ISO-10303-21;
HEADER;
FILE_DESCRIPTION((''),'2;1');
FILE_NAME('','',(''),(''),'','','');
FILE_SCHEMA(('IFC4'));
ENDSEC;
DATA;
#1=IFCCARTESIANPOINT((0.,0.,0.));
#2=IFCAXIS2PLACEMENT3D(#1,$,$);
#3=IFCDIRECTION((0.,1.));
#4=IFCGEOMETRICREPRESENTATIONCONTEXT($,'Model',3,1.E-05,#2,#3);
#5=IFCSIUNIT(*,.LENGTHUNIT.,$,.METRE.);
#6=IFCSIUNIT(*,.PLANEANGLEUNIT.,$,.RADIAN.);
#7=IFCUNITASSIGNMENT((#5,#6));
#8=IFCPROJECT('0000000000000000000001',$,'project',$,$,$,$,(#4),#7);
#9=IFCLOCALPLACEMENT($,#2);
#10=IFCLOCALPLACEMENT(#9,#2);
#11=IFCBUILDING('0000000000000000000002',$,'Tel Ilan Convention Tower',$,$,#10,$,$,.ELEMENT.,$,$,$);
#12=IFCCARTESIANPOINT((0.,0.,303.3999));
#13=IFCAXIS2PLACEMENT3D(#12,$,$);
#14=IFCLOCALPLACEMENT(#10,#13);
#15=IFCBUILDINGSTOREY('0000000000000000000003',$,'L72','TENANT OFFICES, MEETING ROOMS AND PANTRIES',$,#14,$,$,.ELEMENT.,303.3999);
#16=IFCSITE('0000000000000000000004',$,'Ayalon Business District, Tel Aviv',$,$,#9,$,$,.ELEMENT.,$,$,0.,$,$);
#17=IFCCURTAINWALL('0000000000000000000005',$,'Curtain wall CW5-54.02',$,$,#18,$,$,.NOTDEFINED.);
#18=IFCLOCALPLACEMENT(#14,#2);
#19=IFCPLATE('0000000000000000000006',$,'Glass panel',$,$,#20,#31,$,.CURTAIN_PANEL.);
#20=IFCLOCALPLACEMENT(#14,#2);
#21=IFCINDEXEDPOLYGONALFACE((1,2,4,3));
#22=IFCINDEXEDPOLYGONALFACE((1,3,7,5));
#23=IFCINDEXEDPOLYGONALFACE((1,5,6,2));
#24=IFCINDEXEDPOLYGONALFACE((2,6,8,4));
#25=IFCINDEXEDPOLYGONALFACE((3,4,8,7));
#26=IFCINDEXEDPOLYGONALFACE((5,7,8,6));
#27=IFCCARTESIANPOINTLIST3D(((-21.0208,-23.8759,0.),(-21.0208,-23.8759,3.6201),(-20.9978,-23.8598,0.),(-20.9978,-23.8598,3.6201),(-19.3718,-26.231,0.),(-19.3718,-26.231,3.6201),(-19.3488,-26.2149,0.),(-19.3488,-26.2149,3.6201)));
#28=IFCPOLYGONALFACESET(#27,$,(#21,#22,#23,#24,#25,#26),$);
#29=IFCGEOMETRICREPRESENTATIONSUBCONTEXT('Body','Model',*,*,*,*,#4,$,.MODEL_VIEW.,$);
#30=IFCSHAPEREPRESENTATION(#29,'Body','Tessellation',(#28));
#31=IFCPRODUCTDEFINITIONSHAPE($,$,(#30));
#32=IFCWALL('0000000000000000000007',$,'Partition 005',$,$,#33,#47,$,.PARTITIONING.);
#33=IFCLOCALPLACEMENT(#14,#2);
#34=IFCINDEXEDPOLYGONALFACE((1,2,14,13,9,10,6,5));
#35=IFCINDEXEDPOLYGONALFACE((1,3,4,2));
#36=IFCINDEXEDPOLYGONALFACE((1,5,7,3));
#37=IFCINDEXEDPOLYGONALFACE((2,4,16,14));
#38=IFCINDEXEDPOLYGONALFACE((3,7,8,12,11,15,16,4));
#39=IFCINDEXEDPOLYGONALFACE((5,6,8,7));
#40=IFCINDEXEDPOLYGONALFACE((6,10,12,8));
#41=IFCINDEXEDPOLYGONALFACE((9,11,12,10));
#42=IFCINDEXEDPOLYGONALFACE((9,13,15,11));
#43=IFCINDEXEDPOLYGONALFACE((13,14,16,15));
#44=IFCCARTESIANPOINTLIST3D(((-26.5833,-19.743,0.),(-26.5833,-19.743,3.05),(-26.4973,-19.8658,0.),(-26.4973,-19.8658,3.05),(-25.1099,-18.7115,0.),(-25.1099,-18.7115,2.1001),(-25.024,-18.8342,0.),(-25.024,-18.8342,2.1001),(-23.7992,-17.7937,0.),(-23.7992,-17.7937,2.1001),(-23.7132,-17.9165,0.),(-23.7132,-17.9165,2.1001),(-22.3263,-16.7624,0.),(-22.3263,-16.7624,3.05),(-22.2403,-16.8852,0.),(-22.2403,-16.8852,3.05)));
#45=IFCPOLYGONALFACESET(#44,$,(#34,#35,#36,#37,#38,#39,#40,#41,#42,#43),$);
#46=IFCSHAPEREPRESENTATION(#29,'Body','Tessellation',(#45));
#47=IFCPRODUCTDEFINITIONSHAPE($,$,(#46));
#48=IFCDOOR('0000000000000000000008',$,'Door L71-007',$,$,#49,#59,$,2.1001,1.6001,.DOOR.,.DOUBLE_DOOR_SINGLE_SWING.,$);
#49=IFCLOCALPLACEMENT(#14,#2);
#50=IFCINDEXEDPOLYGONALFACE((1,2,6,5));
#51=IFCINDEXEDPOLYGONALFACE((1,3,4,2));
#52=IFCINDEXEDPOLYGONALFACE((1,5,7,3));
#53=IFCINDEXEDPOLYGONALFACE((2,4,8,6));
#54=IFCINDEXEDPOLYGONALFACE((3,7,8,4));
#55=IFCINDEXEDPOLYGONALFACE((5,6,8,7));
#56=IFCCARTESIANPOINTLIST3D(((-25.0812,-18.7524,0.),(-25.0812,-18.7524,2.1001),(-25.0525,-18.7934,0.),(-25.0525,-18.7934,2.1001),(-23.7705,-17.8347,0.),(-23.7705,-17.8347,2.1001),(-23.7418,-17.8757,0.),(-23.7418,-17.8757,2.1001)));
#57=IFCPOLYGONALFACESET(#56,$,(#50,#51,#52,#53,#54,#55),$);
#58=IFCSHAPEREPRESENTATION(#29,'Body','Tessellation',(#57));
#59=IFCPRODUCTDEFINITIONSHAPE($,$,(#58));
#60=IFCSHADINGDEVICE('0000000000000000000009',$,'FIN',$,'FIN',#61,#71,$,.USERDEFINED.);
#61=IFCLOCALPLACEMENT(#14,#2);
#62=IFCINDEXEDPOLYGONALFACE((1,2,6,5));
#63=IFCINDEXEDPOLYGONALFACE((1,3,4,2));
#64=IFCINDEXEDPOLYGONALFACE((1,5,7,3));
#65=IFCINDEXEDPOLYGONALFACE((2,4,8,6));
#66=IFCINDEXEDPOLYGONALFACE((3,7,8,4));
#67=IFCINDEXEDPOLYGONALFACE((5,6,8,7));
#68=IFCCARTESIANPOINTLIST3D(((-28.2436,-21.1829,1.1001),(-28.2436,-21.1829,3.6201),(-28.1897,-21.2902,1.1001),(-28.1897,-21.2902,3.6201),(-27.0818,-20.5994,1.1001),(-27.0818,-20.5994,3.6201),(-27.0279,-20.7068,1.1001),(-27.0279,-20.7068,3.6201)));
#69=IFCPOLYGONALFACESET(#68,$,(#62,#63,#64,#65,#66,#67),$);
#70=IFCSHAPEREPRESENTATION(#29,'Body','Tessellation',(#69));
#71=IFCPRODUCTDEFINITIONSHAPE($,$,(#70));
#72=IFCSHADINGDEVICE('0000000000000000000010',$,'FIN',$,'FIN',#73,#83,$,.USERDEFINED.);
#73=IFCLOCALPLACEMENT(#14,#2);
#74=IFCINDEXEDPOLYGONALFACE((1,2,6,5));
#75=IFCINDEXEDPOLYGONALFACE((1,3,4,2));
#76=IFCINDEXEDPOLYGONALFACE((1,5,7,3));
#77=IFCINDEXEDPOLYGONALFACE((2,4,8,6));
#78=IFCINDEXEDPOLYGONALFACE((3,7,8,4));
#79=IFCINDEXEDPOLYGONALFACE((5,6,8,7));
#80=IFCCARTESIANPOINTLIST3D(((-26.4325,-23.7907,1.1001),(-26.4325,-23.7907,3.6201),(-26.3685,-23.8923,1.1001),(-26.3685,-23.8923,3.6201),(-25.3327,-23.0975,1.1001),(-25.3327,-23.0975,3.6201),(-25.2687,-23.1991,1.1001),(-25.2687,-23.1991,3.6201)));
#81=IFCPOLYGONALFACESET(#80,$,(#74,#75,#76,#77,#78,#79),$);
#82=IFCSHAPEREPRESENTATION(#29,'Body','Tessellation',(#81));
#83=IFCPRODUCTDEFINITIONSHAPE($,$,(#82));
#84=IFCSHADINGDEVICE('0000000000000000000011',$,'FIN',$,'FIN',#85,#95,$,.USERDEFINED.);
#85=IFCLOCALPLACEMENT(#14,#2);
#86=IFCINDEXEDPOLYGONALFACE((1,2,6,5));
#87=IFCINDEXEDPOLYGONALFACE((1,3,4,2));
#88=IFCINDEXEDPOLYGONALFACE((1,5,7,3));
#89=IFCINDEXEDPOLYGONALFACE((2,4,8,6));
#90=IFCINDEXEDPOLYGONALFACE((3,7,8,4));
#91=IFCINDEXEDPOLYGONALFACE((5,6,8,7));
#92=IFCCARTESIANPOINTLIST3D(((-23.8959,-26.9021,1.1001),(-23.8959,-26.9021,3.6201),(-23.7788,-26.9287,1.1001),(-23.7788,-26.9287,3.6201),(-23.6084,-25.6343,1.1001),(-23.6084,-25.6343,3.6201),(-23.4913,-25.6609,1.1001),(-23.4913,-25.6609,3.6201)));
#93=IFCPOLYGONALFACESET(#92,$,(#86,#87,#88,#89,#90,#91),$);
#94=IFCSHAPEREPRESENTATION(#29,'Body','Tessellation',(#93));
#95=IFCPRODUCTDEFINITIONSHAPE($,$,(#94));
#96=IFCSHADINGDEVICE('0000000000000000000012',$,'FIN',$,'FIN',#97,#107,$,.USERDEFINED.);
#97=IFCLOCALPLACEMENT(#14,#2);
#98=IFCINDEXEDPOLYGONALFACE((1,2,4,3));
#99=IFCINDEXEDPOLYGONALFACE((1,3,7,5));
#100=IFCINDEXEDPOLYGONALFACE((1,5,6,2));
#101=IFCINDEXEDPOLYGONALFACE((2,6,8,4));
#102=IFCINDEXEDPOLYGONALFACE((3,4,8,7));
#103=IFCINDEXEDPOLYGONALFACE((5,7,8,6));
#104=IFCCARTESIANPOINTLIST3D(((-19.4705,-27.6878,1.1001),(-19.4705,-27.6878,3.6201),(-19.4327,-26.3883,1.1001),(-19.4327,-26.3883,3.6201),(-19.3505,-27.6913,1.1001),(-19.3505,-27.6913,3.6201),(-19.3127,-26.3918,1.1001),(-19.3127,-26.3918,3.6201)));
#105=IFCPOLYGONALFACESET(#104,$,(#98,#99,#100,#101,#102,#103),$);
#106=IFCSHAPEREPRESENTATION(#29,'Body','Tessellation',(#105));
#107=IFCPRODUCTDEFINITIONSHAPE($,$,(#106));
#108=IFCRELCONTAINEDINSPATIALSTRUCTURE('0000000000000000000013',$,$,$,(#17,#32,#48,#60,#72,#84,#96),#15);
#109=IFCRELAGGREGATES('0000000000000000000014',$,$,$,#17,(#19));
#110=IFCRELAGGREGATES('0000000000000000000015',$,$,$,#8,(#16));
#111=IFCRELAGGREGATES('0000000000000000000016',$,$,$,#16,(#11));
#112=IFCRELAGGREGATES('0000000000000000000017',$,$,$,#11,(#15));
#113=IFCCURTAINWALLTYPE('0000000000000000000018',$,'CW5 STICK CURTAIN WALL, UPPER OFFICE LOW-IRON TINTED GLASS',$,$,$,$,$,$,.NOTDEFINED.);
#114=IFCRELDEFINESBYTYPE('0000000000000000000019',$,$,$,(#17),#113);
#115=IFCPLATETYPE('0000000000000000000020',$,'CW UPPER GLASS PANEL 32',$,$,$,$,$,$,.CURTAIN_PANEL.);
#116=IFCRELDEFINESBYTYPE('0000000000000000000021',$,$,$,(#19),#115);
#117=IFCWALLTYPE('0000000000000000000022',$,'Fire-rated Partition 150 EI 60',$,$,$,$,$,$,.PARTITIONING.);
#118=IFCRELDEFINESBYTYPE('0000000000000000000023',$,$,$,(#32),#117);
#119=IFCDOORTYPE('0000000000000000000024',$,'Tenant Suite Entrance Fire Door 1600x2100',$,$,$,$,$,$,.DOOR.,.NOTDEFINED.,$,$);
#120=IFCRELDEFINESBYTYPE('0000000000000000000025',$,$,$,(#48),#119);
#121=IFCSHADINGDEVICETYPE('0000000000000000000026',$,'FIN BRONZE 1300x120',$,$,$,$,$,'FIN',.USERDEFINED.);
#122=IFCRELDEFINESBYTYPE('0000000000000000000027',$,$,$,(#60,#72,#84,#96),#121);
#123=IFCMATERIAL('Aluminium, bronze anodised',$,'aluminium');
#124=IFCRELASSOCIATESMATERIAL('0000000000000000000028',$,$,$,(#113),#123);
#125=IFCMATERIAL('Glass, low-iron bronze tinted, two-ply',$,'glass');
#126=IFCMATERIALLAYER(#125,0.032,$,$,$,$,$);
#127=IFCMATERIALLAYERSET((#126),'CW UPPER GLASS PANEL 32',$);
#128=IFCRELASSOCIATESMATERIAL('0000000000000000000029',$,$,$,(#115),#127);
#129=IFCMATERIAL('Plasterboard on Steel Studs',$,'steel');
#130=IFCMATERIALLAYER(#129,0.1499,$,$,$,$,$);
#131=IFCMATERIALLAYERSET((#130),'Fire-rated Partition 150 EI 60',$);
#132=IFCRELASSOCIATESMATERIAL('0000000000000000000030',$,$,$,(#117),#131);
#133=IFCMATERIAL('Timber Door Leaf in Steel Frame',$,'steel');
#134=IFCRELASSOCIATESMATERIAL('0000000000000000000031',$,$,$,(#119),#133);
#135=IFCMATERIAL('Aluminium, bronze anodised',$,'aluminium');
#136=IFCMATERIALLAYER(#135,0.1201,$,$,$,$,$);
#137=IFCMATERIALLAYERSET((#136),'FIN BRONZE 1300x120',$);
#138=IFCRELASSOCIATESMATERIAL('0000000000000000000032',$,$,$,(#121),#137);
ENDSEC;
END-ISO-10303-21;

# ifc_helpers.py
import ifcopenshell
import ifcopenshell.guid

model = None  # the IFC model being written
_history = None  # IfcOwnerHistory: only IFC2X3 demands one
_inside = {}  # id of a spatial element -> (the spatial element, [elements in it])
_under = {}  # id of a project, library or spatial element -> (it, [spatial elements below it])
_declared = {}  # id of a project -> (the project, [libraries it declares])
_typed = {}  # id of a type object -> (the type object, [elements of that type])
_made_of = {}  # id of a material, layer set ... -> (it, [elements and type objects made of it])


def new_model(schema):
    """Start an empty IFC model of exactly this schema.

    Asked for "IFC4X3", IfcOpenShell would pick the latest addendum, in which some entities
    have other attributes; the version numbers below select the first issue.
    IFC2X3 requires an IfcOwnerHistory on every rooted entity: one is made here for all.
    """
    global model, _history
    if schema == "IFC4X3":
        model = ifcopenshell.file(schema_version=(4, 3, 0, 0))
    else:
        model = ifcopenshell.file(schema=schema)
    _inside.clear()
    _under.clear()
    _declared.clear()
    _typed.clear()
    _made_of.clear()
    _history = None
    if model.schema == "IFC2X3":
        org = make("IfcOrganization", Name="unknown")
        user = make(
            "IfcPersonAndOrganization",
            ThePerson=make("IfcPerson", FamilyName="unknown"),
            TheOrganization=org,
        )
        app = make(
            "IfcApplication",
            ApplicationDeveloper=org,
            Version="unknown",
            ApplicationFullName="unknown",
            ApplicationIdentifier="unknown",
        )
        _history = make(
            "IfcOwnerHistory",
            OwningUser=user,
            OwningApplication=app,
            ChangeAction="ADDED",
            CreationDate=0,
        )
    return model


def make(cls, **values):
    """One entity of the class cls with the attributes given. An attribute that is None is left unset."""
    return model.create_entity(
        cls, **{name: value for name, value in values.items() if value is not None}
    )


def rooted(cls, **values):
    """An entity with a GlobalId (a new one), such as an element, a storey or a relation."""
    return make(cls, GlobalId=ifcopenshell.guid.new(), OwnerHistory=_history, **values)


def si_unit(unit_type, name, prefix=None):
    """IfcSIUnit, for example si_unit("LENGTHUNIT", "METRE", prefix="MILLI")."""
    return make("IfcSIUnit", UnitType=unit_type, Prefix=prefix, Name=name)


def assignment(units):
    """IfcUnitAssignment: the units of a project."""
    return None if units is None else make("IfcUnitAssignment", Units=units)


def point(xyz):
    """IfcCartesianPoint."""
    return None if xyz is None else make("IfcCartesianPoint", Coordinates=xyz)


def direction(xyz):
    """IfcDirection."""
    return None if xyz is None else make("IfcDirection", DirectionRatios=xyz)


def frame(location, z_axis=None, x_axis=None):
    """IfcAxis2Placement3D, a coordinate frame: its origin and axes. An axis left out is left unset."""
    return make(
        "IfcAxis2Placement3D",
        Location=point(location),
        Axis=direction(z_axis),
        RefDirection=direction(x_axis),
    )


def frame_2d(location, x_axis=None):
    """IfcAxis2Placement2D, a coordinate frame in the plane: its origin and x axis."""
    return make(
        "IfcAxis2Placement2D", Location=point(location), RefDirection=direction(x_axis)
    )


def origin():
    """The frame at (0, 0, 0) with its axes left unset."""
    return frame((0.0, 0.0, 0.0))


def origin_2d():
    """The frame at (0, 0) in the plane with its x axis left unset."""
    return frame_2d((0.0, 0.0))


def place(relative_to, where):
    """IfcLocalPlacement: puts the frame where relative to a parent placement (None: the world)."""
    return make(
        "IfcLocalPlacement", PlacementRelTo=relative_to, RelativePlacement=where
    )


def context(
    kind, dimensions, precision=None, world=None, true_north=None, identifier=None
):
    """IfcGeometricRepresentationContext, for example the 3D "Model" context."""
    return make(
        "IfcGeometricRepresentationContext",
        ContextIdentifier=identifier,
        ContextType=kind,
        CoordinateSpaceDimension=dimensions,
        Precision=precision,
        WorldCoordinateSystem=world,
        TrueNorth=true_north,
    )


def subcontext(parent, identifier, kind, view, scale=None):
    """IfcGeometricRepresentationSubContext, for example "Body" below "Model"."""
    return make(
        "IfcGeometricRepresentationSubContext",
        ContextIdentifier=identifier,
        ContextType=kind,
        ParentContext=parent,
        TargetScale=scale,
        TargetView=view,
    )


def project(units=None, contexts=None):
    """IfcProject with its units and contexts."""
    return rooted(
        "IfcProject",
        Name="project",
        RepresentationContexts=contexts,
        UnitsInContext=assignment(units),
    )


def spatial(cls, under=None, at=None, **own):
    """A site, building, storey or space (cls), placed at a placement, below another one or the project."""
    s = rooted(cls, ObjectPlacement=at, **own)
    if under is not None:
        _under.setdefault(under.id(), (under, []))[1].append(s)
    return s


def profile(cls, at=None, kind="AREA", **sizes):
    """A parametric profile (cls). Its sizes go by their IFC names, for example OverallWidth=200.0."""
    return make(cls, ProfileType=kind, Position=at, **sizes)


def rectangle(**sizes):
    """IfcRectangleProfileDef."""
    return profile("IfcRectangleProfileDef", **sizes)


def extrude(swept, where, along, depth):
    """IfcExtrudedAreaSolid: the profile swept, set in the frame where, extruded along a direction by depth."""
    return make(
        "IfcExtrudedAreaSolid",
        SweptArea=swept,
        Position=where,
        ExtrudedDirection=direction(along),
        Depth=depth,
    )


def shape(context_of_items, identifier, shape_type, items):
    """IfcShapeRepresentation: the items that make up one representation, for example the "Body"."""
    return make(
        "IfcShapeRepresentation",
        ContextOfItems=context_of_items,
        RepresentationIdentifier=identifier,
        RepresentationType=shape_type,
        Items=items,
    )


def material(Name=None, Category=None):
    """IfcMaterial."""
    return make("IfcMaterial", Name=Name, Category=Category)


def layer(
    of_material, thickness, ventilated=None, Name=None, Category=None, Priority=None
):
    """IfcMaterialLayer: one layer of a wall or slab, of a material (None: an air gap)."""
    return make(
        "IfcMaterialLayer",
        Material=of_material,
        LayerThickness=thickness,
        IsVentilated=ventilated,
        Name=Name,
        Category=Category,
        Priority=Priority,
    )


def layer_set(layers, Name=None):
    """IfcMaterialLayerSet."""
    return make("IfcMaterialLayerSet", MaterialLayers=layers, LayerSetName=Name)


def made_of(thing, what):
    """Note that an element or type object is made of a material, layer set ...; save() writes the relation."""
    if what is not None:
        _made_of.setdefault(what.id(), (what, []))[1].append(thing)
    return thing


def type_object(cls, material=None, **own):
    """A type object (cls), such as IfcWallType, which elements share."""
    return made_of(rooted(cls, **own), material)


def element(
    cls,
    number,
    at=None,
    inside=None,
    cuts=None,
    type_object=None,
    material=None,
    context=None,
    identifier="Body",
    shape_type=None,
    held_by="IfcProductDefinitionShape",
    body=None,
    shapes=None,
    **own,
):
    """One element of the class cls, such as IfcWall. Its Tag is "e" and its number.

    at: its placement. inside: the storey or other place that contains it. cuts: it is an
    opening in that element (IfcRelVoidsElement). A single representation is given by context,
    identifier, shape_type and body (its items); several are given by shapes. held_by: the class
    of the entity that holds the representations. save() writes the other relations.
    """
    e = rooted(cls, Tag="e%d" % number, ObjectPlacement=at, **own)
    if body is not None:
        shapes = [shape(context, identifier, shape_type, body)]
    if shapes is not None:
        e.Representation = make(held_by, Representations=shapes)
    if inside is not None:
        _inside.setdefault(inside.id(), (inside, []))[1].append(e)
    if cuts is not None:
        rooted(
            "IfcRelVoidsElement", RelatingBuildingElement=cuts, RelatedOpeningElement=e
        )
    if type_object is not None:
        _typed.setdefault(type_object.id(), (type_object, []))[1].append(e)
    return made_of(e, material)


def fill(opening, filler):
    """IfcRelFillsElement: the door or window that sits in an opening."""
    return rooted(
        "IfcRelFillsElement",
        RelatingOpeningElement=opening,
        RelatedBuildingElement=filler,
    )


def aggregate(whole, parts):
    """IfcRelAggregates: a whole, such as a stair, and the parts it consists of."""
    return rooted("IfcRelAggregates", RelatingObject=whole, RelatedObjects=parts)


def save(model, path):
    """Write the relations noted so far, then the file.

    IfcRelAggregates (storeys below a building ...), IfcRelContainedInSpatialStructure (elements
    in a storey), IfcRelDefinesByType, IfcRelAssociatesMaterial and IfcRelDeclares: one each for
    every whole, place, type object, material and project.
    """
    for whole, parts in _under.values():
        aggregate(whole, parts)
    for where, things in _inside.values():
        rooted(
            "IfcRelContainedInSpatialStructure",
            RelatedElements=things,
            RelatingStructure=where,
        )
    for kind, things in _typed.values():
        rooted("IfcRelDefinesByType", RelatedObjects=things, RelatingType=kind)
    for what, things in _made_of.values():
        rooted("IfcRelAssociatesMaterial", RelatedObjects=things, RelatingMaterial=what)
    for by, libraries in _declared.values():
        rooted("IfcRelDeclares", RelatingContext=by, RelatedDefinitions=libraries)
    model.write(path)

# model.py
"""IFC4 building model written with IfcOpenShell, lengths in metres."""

from ifc_helpers import new_model, si_unit, direction, frame, frame_2d, origin, origin_2d, place, context, subcontext, project, spatial, rectangle, extrude, material, layer, layer_set, type_object, element, fill, aggregate, save


model = new_model("IFC4")

# Units and contexts
model_context = context("Model", 3, precision=1e-05, world=origin(), true_north=direction((0.0, 1.0)))
body_context = subcontext(model_context, "Body", "Model", "MODEL_VIEW")
ifc_project = project(units=[si_unit("LENGTHUNIT", "METRE"), si_unit("PLANEANGLEUNIT", "RADIAN")], contexts=[model_context])

# Site, building, storey
site_placement = place(None, origin())
site = spatial("IfcSite", under=ifc_project, at=site_placement, Name="Ayalon Business District, Tel Aviv", CompositionType="ELEMENT", RefElevation=0.0)
building_placement = place(site_placement, origin())
building = spatial("IfcBuilding", under=site, at=building_placement, Name="Tel Ilan Convention Tower", CompositionType="ELEMENT")
storey_placement = place(building_placement, frame((0.0, 0.0, 303.3999)))
storey = spatial("IfcBuildingStorey", under=building, at=storey_placement, Name="L72", Description="TENANT OFFICES, MEETING ROOMS AND PANTRIES", CompositionType="ELEMENT", Elevation=303.3999)

# Curtain wall, plate
ifc_material_1 = material(Name="Aluminium, bronze anodised", Category="aluminium")
curtain_wall_type = type_object("IfcCurtainWallType", Name="CW5 STICK CURTAIN WALL, UPPER OFFICE LOW-IRON TINTED GLASS", PredefinedType="NOTDEFINED", material=ifc_material_1)
curtain_wall_placement = place(storey_placement, origin())
curtain_wall = element("IfcCurtainWall", 1, at=curtain_wall_placement, inside=storey, type_object=curtain_wall_type, Name="Curtain wall CW5-54.02", PredefinedType="NOTDEFINED")
ifc_material_2 = material(Name="Glass, low-iron bronze tinted, two-ply", Category="glass")
ifc_layer_1 = layer(ifc_material_2, 0.032)
ifc_layer_set_1 = layer_set([ifc_layer_1], Name="CW UPPER GLASS PANEL 32")
plate_type = type_object("IfcPlateType", Name="CW UPPER GLASS PANEL 32", PredefinedType="CURTAIN_PANEL", material=ifc_layer_set_1)
plate_1_placement = place(storey_placement, frame((-20.1848, -25.0454, 0.0), z_axis=(0.0, 0.0, 1.0), x_axis=(0.573576, -0.819152, 0.0)))
plate_1 = element("IfcPlate", 2, at=plate_1_placement, type_object=plate_type, Name="Glass panel", PredefinedType="CURTAIN_PANEL", context=body_context, shape_type="SweptSolid", body=[
    extrude(rectangle(XDim=2.875, YDim=0.0281, at=origin_2d()), origin(), (0.0, 0.0, 1.0), 3.6201),
])
aggregate(curtain_wall, [plate_1])

# Wall, opening, door
ifc_material_3 = material(Name="Plasterboard on Steel Studs", Category="steel")
ifc_layer_2 = layer(ifc_material_3, 0.1499)
ifc_layer_set_2 = layer_set([ifc_layer_2], Name="Fire-rated Partition 150 EI 60")
wall_type = type_object("IfcWallType", Name="Fire-rated Partition 150 EI 60", PredefinedType="PARTITIONING", material=ifc_layer_set_2)
wall_placement = place(storey_placement, frame((-26.5403, -19.8044, 0.0), z_axis=(0.0, 0.0, 1.0), x_axis=(0.819163, 0.57356, 0.0)))
wall = element("IfcWall", 3, at=wall_placement, inside=storey, type_object=wall_type, Name="Partition 005", PredefinedType="PARTITIONING", context=body_context, shape_type="SweptSolid", body=[
    extrude(rectangle(XDim=5.1968, YDim=0.1499, at=frame_2d((2.5984, 0.0))), origin(), (0.0, 0.0, 1.0), 3.05),
])
opening_placement = place(wall_placement, frame((1.7986, 0.0, 0.0)))
opening = element("IfcOpeningElement", 4, at=opening_placement, cuts=wall, PredefinedType="OPENING", context=body_context, shape_type="SweptSolid", body=[
    extrude(rectangle(XDim=1.6001, YDim=2.1001, at=frame_2d((0.8, 1.05))), frame((0.0, 0.085, 0.0), z_axis=(0.0, -1.0, 0.0), x_axis=(1.0, 0.0, 0.0)), (0.0, 0.0, 1.0), 0.1699),
])
ifc_material_4 = material(Name="Timber Door Leaf in Steel Frame", Category="steel")
door_type = type_object("IfcDoorType", Name="Tenant Suite Entrance Fire Door 1600x2100", OperationType="NOTDEFINED", PredefinedType="DOOR", material=ifc_material_4)
door_placement = place(opening_placement, origin())
door = element("IfcDoor", 5, at=door_placement, inside=storey, type_object=door_type, Name="Door L71-007", OperationType="DOUBLE_DOOR_SINGLE_SWING", OverallHeight=2.1001, OverallWidth=1.6001, PredefinedType="DOOR", context=body_context, shape_type="SweptSolid", body=[
    extrude(rectangle(XDim=1.6001, YDim=2.1001, at=frame_2d((0.8, 1.05))), frame((0.0, 0.0249, 0.0), z_axis=(0.0, -1.0, 0.0), x_axis=(1.0, 0.0, 0.0)), (0.0, 0.0, 1.0), 0.05),
])
fill(opening, door)

# Shading devices
ifc_material_5 = material(Name="Aluminium, bronze anodised", Category="aluminium")
ifc_layer_3 = layer(ifc_material_5, 0.1201)
ifc_layer_set_3 = layer_set([ifc_layer_3], Name="FIN BRONZE 1300x120")
shading_device_type = type_object("IfcShadingDeviceType", Name="FIN BRONZE 1300x120", ElementType="FIN", PredefinedType="USERDEFINED", material=ifc_layer_set_3)
for number, where, z_axis, x_axis, name in (
    (6, (-27.6357, -20.9448, 1.1001), (0.0, 0.0, 1.0), (-0.893633, -0.448799, 0.0), "FIN"),
    (7, (-25.8506, -23.4949, 1.1001), (0.0, 0.0, 1.0), (-0.845986, -0.533204, 0.0), "FIN"),
    (8, (-23.6936, -26.2815, 1.1001), (0.0, 0.0, 1.0), (-0.22117, -0.975235, 0.0), "FIN"),
    (9, (-19.3916, -27.0398, 1.1001), (0.0, 0.0, 1.0), (-0.029085, -0.999577, 0.0), "FIN"),
):
    element("IfcShadingDevice", number, at=place(storey_placement, frame(where, z_axis=z_axis, x_axis=x_axis)), inside=storey, type_object=shading_device_type, Name=name, ObjectType="FIN", PredefinedType="USERDEFINED", context=body_context, shape_type="SweptSolid", body=[
        extrude(rectangle(XDim=1.3, YDim=0.1201, at=origin_2d()), origin(), (0.0, 0.0, 1.0), 2.52),
    ])

save(model, "model.ifc")
